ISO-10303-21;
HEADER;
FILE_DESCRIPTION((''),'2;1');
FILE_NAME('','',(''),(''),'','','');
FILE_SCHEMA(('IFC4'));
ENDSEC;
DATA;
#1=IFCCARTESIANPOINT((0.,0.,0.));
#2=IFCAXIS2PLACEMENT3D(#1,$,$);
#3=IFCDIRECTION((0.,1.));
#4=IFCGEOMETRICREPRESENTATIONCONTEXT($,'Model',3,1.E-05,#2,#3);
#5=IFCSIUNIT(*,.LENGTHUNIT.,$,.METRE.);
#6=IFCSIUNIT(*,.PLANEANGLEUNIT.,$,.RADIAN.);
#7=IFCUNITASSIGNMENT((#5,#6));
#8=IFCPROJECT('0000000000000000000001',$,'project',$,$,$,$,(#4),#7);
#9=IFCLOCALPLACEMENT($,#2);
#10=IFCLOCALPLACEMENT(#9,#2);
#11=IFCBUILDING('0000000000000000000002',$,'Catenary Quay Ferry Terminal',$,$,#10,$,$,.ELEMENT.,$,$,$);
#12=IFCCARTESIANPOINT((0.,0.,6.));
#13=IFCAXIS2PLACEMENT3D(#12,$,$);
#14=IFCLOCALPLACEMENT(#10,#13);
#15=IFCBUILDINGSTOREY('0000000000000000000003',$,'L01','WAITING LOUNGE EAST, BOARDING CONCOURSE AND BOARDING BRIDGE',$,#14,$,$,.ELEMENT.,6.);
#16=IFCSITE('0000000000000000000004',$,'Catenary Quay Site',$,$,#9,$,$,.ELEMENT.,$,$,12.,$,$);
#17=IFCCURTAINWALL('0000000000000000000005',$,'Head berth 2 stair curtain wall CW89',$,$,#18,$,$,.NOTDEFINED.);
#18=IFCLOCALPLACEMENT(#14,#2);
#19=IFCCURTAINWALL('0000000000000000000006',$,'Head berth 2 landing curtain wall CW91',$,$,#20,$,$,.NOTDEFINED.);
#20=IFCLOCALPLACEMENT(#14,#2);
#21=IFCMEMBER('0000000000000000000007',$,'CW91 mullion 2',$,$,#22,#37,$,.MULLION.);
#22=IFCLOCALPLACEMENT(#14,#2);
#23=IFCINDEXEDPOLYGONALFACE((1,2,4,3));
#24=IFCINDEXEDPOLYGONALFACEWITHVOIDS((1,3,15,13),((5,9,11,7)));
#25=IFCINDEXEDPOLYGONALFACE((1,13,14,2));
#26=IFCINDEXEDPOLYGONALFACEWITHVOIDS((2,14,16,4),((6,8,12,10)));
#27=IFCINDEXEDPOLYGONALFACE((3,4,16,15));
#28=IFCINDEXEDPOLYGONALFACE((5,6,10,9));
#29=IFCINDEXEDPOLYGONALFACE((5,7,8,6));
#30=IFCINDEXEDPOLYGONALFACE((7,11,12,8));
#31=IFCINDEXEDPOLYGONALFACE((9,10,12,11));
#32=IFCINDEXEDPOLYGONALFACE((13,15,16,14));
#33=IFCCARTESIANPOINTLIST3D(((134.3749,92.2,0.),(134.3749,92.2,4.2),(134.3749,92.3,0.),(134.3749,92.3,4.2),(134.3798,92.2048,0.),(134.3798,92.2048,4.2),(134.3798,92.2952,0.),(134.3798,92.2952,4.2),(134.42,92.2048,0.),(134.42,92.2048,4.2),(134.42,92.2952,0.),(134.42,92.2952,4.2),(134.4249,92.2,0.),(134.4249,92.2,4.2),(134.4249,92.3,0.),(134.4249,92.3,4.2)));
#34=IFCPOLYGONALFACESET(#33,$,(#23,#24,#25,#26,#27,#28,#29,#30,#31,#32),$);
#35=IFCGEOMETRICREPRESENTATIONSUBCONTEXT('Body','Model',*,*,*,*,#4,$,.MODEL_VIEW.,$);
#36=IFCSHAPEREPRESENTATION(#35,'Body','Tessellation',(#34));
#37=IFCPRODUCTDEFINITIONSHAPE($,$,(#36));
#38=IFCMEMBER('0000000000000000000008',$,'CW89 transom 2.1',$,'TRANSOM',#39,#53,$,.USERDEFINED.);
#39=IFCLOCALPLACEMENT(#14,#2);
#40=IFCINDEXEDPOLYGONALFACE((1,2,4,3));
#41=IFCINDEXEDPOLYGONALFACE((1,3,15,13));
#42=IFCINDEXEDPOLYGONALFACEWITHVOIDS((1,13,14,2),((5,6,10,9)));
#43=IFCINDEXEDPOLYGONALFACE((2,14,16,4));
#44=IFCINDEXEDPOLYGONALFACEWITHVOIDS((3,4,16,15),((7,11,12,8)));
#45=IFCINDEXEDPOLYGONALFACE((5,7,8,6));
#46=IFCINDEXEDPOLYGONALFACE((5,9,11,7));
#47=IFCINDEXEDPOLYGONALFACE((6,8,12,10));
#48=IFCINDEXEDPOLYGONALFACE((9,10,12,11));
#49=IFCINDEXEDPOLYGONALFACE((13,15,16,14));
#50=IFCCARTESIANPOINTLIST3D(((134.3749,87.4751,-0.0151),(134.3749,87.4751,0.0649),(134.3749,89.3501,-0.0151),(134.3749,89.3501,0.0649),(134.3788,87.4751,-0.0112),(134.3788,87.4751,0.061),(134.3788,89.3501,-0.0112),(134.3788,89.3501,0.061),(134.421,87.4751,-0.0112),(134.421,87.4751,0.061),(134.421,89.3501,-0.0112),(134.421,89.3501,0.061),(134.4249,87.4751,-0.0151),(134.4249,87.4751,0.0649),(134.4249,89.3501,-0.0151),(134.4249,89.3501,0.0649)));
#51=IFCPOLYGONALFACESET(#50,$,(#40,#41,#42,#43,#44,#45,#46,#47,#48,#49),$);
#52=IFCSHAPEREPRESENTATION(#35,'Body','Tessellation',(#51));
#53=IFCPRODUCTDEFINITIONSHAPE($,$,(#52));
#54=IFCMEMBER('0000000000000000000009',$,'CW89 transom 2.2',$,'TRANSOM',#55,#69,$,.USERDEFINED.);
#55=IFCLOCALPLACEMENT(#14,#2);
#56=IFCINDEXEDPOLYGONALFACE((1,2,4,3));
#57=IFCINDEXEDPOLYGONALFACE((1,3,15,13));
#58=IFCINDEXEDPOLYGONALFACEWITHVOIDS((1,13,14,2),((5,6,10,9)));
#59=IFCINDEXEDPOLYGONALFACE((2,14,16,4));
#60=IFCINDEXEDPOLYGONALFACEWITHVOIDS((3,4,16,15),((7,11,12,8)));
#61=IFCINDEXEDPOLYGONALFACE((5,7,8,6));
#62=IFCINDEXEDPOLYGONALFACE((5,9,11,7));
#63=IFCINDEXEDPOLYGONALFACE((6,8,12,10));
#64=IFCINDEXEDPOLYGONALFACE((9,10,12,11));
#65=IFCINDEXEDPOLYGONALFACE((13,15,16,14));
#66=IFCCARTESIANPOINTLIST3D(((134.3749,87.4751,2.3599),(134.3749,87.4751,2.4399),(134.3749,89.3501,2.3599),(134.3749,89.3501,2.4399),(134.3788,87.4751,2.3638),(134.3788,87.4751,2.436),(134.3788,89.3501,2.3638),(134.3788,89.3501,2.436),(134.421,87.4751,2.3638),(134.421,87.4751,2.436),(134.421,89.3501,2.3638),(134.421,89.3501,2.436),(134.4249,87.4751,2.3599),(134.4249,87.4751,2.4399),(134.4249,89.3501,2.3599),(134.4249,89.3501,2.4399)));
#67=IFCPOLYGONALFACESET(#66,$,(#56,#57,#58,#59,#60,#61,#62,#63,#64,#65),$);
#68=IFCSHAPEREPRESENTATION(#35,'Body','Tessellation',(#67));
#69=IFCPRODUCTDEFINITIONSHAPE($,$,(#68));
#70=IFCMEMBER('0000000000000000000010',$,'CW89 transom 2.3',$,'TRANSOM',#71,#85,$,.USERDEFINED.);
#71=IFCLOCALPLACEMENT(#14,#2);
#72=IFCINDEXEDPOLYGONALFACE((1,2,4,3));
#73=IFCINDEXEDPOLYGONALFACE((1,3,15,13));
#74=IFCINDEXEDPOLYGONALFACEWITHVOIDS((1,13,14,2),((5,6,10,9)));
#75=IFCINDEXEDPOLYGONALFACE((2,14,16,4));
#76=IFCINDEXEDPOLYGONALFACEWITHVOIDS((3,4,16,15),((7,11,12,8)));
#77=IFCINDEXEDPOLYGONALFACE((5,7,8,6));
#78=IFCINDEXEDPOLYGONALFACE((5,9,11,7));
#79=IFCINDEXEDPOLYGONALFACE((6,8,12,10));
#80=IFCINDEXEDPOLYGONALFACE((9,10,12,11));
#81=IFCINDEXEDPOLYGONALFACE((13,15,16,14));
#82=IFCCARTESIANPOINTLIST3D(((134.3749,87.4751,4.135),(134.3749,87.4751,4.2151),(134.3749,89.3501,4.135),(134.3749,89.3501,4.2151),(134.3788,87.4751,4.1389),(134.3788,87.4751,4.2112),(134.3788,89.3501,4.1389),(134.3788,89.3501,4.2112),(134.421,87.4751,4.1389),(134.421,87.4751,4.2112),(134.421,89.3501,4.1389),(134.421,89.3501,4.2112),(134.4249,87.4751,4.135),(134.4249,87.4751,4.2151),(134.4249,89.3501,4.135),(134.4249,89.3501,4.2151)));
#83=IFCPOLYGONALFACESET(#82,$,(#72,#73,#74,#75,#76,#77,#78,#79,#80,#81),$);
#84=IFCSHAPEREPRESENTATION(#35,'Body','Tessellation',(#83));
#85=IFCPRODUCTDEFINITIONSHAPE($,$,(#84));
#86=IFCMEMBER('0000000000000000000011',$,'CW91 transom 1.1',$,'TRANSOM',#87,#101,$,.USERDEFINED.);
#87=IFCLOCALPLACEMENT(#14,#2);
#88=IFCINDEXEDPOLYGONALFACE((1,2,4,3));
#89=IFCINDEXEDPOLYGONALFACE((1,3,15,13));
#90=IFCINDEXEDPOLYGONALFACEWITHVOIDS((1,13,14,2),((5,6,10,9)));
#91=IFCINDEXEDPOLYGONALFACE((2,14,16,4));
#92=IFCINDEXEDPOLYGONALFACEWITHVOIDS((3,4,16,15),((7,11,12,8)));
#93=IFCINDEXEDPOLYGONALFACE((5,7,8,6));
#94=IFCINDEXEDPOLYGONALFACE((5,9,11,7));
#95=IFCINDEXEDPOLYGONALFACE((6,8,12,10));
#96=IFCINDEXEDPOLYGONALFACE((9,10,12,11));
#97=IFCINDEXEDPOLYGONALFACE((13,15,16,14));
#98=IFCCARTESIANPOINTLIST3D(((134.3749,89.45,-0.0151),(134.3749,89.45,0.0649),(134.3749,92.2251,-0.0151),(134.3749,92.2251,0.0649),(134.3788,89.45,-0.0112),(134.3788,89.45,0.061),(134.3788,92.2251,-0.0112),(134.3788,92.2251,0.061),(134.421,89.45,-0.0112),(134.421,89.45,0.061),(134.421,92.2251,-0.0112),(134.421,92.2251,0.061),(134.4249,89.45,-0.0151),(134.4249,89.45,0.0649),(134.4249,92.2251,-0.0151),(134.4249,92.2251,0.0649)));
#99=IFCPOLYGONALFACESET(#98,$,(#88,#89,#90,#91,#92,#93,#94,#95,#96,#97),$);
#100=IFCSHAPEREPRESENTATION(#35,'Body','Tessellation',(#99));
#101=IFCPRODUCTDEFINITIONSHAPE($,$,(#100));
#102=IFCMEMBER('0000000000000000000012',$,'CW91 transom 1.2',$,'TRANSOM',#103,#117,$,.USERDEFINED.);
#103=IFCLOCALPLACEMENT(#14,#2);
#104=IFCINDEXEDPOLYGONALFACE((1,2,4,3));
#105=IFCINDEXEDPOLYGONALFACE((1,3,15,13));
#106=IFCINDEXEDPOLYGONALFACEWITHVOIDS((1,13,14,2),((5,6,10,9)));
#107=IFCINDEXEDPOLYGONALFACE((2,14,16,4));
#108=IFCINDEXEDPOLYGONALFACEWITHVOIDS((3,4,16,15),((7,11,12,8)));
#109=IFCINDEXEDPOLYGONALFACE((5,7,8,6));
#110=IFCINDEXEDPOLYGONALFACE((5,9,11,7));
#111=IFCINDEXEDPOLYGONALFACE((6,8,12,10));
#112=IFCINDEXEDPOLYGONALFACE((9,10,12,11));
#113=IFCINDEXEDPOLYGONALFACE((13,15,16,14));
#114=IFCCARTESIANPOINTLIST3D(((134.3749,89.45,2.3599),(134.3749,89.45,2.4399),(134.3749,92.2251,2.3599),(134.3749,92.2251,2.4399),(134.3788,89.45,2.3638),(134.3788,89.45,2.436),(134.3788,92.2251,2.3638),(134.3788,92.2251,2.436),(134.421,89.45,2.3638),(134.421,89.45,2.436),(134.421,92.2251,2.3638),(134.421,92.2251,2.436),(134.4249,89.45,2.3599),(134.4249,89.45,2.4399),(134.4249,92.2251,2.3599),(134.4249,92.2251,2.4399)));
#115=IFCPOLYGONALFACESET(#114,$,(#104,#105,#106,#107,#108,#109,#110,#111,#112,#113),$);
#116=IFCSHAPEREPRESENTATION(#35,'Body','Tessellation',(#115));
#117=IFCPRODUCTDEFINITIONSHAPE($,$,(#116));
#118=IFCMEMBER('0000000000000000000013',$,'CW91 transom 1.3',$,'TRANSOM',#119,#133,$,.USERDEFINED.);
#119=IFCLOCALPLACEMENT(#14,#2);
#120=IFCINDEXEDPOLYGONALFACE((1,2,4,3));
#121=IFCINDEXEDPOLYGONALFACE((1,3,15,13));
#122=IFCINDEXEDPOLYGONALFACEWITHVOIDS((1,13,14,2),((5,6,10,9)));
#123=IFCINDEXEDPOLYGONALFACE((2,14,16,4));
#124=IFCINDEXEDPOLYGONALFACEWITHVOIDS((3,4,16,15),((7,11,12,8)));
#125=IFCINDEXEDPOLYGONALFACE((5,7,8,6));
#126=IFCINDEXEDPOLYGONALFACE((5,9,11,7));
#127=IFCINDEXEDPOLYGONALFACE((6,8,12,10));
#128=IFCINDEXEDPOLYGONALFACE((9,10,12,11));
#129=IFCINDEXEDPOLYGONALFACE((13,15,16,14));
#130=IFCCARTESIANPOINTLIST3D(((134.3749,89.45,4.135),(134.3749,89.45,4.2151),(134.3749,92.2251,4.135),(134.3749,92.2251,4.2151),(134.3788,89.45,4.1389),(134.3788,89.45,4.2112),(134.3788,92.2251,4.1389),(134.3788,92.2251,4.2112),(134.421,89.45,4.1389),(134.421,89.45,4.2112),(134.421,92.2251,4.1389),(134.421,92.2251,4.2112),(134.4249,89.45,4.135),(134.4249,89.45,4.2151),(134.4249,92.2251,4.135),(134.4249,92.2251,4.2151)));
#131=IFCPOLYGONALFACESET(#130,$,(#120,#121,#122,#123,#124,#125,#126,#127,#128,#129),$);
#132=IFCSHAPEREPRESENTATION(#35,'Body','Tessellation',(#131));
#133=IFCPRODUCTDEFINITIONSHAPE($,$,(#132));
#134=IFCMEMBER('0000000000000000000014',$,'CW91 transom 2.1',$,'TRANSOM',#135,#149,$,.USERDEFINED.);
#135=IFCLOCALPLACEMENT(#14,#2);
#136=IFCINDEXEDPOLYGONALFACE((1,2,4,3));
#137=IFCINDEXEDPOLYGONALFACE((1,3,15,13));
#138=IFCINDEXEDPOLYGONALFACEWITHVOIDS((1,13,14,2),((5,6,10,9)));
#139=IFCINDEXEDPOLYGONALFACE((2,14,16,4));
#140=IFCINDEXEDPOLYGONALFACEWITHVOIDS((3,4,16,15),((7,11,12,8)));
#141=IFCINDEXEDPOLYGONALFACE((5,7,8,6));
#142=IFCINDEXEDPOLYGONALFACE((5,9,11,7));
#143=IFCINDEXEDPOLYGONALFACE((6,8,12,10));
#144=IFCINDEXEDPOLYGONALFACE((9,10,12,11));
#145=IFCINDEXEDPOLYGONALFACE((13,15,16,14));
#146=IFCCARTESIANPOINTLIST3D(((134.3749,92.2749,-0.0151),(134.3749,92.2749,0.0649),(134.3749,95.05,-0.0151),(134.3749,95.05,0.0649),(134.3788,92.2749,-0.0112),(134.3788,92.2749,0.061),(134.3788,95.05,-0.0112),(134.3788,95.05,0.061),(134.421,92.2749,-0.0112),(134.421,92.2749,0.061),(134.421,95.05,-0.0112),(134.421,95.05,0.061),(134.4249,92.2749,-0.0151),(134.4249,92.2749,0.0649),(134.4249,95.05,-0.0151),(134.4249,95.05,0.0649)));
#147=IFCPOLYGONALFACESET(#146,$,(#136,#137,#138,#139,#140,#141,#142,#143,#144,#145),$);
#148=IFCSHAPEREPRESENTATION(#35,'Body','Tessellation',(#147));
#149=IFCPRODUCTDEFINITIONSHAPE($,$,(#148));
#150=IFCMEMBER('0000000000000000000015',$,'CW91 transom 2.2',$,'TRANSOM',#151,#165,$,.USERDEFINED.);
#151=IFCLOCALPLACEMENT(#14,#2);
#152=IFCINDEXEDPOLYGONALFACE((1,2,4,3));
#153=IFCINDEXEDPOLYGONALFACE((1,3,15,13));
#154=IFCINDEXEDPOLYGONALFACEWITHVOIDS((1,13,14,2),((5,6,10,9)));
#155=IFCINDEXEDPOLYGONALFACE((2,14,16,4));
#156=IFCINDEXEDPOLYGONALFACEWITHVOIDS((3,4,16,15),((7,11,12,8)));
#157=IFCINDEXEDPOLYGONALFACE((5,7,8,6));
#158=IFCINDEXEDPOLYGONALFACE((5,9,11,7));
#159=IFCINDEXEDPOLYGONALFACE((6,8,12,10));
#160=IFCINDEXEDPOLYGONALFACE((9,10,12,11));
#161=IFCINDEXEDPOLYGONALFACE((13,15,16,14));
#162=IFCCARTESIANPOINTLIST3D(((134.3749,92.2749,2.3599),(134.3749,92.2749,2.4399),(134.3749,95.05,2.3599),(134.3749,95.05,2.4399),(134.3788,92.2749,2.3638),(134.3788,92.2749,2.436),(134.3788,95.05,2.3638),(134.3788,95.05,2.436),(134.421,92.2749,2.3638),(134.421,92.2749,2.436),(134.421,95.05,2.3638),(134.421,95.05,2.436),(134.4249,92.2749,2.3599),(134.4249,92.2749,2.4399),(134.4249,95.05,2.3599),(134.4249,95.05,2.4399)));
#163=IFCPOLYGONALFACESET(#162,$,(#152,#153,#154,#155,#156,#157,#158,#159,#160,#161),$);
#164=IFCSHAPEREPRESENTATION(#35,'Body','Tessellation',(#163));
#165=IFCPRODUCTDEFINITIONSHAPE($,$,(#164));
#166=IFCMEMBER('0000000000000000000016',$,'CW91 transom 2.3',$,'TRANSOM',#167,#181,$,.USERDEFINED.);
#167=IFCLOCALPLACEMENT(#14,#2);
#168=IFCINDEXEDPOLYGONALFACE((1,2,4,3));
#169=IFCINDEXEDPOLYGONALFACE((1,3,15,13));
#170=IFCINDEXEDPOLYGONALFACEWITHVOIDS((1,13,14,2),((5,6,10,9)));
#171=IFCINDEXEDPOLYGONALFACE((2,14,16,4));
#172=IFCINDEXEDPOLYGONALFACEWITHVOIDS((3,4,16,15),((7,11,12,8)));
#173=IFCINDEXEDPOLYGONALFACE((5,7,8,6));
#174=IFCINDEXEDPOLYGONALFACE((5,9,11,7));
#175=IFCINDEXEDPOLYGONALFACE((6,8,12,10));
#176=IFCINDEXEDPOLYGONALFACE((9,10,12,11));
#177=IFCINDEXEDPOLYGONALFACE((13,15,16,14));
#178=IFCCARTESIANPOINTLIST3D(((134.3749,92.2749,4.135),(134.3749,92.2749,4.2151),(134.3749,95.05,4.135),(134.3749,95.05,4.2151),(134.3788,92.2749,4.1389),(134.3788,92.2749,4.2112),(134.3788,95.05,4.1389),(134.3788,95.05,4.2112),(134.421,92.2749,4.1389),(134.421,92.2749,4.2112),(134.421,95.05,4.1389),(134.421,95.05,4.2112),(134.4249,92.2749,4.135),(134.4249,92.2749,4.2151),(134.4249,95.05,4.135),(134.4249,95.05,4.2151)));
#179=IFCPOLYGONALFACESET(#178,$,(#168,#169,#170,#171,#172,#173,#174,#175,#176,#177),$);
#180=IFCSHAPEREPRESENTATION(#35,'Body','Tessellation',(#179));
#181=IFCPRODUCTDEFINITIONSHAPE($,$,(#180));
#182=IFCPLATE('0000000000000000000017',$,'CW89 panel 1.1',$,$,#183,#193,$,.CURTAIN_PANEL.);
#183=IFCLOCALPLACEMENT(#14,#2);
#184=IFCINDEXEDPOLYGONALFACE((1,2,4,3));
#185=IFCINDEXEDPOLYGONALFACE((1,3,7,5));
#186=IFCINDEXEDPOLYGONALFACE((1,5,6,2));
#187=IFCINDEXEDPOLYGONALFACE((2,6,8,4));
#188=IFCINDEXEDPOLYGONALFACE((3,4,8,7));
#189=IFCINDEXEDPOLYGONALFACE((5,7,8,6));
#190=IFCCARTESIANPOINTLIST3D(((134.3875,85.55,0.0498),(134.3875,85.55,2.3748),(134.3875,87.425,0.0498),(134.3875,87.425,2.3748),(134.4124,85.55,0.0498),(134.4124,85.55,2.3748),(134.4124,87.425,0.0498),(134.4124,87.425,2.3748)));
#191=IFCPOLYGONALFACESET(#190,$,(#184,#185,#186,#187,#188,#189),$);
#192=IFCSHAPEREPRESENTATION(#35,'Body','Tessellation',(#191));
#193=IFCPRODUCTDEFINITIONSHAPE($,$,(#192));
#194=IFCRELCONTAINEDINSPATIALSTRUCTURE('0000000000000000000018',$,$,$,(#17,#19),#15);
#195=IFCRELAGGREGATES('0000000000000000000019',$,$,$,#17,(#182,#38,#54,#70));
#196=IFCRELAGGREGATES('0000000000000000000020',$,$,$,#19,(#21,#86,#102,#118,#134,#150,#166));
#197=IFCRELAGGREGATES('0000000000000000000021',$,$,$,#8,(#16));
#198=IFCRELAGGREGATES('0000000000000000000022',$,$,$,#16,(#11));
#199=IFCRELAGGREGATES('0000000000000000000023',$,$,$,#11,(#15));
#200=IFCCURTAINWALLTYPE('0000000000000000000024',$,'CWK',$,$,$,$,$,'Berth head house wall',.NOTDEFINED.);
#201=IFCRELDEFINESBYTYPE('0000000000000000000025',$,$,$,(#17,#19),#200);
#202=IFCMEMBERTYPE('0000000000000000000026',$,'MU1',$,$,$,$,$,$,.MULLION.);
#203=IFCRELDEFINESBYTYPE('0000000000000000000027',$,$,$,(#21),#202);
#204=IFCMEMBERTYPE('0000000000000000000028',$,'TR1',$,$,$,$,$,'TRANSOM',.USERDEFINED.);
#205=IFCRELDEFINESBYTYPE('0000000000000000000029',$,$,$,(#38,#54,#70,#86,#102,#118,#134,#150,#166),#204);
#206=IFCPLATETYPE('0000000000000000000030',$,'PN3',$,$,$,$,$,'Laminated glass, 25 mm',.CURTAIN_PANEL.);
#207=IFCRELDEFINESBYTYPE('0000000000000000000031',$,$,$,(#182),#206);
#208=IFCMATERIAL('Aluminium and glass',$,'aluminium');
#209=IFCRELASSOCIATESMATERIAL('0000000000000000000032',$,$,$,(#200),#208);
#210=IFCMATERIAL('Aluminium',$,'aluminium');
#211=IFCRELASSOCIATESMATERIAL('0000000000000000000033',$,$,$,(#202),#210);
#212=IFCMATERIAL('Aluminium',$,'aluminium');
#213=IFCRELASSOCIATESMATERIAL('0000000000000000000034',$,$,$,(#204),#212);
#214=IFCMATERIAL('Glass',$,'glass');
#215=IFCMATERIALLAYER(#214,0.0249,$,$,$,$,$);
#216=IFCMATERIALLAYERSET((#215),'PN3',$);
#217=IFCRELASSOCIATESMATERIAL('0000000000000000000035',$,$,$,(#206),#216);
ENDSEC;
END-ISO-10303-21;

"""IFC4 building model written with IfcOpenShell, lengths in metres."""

from ifc_helpers import new_model, si_unit, direction, frame, origin, origin_2d, place, context, subcontext, project, spatial, rectangle, hollow_rectangle, extrude, material, layer, layer_set, material_profile, profile_set, type_object, element, aggregate, save


model = new_model("IFC4")

# Units and contexts
model_context = context("Model", 3, precision=1e-05, world=origin(), true_north=direction((0.0, 1.0)))
body_context = subcontext(model_context, "Body", "Model", "MODEL_VIEW")
ifc_project = project(units=[si_unit("LENGTHUNIT", "METRE"), si_unit("PLANEANGLEUNIT", "RADIAN")], contexts=[model_context])

# Site, building, storey
site_placement = place(None, origin())
site = spatial("IfcSite", under=ifc_project, at=site_placement, Name="Catenary Quay Site", CompositionType="ELEMENT", RefElevation=12.0)
building_placement = place(site_placement, origin())
building = spatial("IfcBuilding", under=site, at=building_placement, Name="Catenary Quay Ferry Terminal", CompositionType="ELEMENT")
storey_placement = place(building_placement, frame((0.0, 0.0, 6.0)))
storey = spatial("IfcBuildingStorey", under=building, at=storey_placement, Name="L01", Description="WAITING LOUNGE EAST, BOARDING CONCOURSE AND BOARDING BRIDGE", CompositionType="ELEMENT", Elevation=6.0)

# Curtain walls, member
ifc_material_1 = material(Name="Aluminium and glass", Category="aluminium")
curtain_wall_type = type_object("IfcCurtainWallType", Name="CWK", ElementType="Berth head house wall", PredefinedType="NOTDEFINED", material=ifc_material_1)
curtain_wall_1_placement = place(storey_placement, origin())
curtain_wall_1 = element("IfcCurtainWall", 1, at=curtain_wall_1_placement, inside=storey, type_object=curtain_wall_type, Name="Head berth 2 stair curtain wall CW89", PredefinedType="NOTDEFINED")
ifc_material_2 = material(Name="Aluminium", Category="aluminium")
ifc_material_profile_1 = material_profile(ifc_material_2, hollow_rectangle(XDim=0.05, YDim=0.1001, WallThickness=0.0049, at=origin_2d()), Name="MU1")
ifc_profile_set_1 = profile_set([ifc_material_profile_1], Name="Aluminium")
member_type_1 = type_object("IfcMemberType", Name="MU1", PredefinedType="MULLION", material=ifc_profile_set_1)
curtain_wall_2_placement = place(storey_placement, origin())
curtain_wall_2 = element("IfcCurtainWall", 2, at=curtain_wall_2_placement, inside=storey, type_object=curtain_wall_type, Name="Head berth 2 landing curtain wall CW91", PredefinedType="NOTDEFINED")
member_1_placement = place(storey_placement, frame((134.3999, 92.25, 0.0), z_axis=(0.0, 0.0, 1.0), x_axis=(-1.0, 0.0, 0.0)))
member_1 = element("IfcMember", 3, at=member_1_placement, type_object=member_type_1, Name="CW91 mullion 2", PredefinedType="MULLION", context=body_context, shape_type="SweptSolid", body=[
    extrude(hollow_rectangle(XDim=0.05, YDim=0.1001, WallThickness=0.0049, at=origin_2d()), origin(), (0.0, 0.0, 1.0), 4.2),
])

# Members
ifc_material_3 = material(Name="Aluminium", Category="aluminium")
ifc_material_profile_2 = material_profile(ifc_material_3, hollow_rectangle(XDim=0.05, YDim=0.0801, WallThickness=0.0039, at=origin_2d()), Name="TR1")
ifc_profile_set_2 = profile_set([ifc_material_profile_2], Name="Aluminium")
member_type_2 = type_object("IfcMemberType", Name="TR1", ElementType="TRANSOM", PredefinedType="USERDEFINED", material=ifc_profile_set_2)
member_2_placement = place(storey_placement, frame((134.3999, 87.4751, 0.0249), z_axis=(0.0, 1.0, 0.0), x_axis=(-1.0, 0.0, 0.0)))
member_2 = element("IfcMember", 4, at=member_2_placement, type_object=member_type_2, Name="CW89 transom 2.1", ObjectType="TRANSOM", PredefinedType="USERDEFINED", context=body_context, shape_type="SweptSolid", body=[
    extrude(hollow_rectangle(XDim=0.05, YDim=0.0801, WallThickness=0.0039, at=origin_2d()), origin(), (0.0, 0.0, 1.0), 1.875),
])
member_3_placement = place(storey_placement, frame((134.3999, 87.4751, 2.3999), z_axis=(0.0, 1.0, 0.0), x_axis=(-1.0, 0.0, 0.0)))
member_3 = element("IfcMember", 5, at=member_3_placement, type_object=member_type_2, Name="CW89 transom 2.2", ObjectType="TRANSOM", PredefinedType="USERDEFINED", context=body_context, shape_type="SweptSolid", body=[
    extrude(hollow_rectangle(XDim=0.05, YDim=0.0801, WallThickness=0.0039, at=origin_2d()), origin(), (0.0, 0.0, 1.0), 1.875),
])
member_4_placement = place(storey_placement, frame((134.3999, 87.4751, 4.175), z_axis=(0.0, 1.0, 0.0), x_axis=(-1.0, 0.0, 0.0)))
member_4 = element("IfcMember", 6, at=member_4_placement, type_object=member_type_2, Name="CW89 transom 2.3", ObjectType="TRANSOM", PredefinedType="USERDEFINED", context=body_context, shape_type="SweptSolid", body=[
    extrude(hollow_rectangle(XDim=0.05, YDim=0.0801, WallThickness=0.0039, at=origin_2d()), origin(), (0.0, 0.0, 1.0), 1.875),
])
member_5_placement = place(storey_placement, frame((134.3999, 89.45, 0.0249), z_axis=(0.0, 1.0, 0.0), x_axis=(-1.0, 0.0, 0.0)))
member_5 = element("IfcMember", 7, at=member_5_placement, type_object=member_type_2, Name="CW91 transom 1.1", ObjectType="TRANSOM", PredefinedType="USERDEFINED", context=body_context, shape_type="SweptSolid", body=[
    extrude(hollow_rectangle(XDim=0.05, YDim=0.0801, WallThickness=0.0039, at=origin_2d()), origin(), (0.0, 0.0, 1.0), 2.7751),
])
member_6_placement = place(storey_placement, frame((134.3999, 89.45, 2.3999), z_axis=(0.0, 1.0, 0.0), x_axis=(-1.0, 0.0, 0.0)))
member_6 = element("IfcMember", 8, at=member_6_placement, type_object=member_type_2, Name="CW91 transom 1.2", ObjectType="TRANSOM", PredefinedType="USERDEFINED", context=body_context, shape_type="SweptSolid", body=[
    extrude(hollow_rectangle(XDim=0.05, YDim=0.0801, WallThickness=0.0039, at=origin_2d()), origin(), (0.0, 0.0, 1.0), 2.7751),
])
member_7_placement = place(storey_placement, frame((134.3999, 89.45, 4.175), z_axis=(0.0, 1.0, 0.0), x_axis=(-1.0, 0.0, 0.0)))
member_7 = element("IfcMember", 9, at=member_7_placement, type_object=member_type_2, Name="CW91 transom 1.3", ObjectType="TRANSOM", PredefinedType="USERDEFINED", context=body_context, shape_type="SweptSolid", body=[
    extrude(hollow_rectangle(XDim=0.05, YDim=0.0801, WallThickness=0.0039, at=origin_2d()), origin(), (0.0, 0.0, 1.0), 2.7751),
])
member_8_placement = place(storey_placement, frame((134.3999, 92.2749, 0.0249), z_axis=(0.0, 1.0, 0.0), x_axis=(-1.0, 0.0, 0.0)))
member_8 = element("IfcMember", 10, at=member_8_placement, type_object=member_type_2, Name="CW91 transom 2.1", ObjectType="TRANSOM", PredefinedType="USERDEFINED", context=body_context, shape_type="SweptSolid", body=[
    extrude(hollow_rectangle(XDim=0.05, YDim=0.0801, WallThickness=0.0039, at=origin_2d()), origin(), (0.0, 0.0, 1.0), 2.7751),
])
member_9_placement = place(storey_placement, frame((134.3999, 92.2749, 2.3999), z_axis=(0.0, 1.0, 0.0), x_axis=(-1.0, 0.0, 0.0)))
member_9 = element("IfcMember", 11, at=member_9_placement, type_object=member_type_2, Name="CW91 transom 2.2", ObjectType="TRANSOM", PredefinedType="USERDEFINED", context=body_context, shape_type="SweptSolid", body=[
    extrude(hollow_rectangle(XDim=0.05, YDim=0.0801, WallThickness=0.0039, at=origin_2d()), origin(), (0.0, 0.0, 1.0), 2.7751),
])
member_10_placement = place(storey_placement, frame((134.3999, 92.2749, 4.175), z_axis=(0.0, 1.0, 0.0), x_axis=(-1.0, 0.0, 0.0)))
member_10 = element("IfcMember", 12, at=member_10_placement, type_object=member_type_2, Name="CW91 transom 2.3", ObjectType="TRANSOM", PredefinedType="USERDEFINED", context=body_context, shape_type="SweptSolid", body=[
    extrude(hollow_rectangle(XDim=0.05, YDim=0.0801, WallThickness=0.0039, at=origin_2d()), origin(), (0.0, 0.0, 1.0), 2.7751),
])

# Plate
ifc_material_4 = material(Name="Glass", Category="glass")
ifc_layer = layer(ifc_material_4, 0.0249)
ifc_layer_set = layer_set([ifc_layer], Name="PN3")
plate_type = type_object("IfcPlateType", Name="PN3", ElementType="Laminated glass, 25 mm", PredefinedType="CURTAIN_PANEL", material=ifc_layer_set)
plate_1_placement = place(storey_placement, frame((134.3999, 86.4875, 0.0498), z_axis=(0.0, 0.0, 1.0), x_axis=(0.0, 1.0, 0.0)))
plate_1 = element("IfcPlate", 13, at=plate_1_placement, type_object=plate_type, Name="CW89 panel 1.1", PredefinedType="CURTAIN_PANEL", context=body_context, shape_type="SweptSolid", body=[
    extrude(rectangle(XDim=1.875, YDim=0.0249, at=origin_2d()), origin(), (0.0, 0.0, 1.0), 2.325),
])
aggregate(curtain_wall_1, [plate_1, member_2, member_3, member_4])
aggregate(curtain_wall_2, [member_1, member_5, member_6, member_7, member_8, member_9, member_10])

save(model, "model.ifc")
